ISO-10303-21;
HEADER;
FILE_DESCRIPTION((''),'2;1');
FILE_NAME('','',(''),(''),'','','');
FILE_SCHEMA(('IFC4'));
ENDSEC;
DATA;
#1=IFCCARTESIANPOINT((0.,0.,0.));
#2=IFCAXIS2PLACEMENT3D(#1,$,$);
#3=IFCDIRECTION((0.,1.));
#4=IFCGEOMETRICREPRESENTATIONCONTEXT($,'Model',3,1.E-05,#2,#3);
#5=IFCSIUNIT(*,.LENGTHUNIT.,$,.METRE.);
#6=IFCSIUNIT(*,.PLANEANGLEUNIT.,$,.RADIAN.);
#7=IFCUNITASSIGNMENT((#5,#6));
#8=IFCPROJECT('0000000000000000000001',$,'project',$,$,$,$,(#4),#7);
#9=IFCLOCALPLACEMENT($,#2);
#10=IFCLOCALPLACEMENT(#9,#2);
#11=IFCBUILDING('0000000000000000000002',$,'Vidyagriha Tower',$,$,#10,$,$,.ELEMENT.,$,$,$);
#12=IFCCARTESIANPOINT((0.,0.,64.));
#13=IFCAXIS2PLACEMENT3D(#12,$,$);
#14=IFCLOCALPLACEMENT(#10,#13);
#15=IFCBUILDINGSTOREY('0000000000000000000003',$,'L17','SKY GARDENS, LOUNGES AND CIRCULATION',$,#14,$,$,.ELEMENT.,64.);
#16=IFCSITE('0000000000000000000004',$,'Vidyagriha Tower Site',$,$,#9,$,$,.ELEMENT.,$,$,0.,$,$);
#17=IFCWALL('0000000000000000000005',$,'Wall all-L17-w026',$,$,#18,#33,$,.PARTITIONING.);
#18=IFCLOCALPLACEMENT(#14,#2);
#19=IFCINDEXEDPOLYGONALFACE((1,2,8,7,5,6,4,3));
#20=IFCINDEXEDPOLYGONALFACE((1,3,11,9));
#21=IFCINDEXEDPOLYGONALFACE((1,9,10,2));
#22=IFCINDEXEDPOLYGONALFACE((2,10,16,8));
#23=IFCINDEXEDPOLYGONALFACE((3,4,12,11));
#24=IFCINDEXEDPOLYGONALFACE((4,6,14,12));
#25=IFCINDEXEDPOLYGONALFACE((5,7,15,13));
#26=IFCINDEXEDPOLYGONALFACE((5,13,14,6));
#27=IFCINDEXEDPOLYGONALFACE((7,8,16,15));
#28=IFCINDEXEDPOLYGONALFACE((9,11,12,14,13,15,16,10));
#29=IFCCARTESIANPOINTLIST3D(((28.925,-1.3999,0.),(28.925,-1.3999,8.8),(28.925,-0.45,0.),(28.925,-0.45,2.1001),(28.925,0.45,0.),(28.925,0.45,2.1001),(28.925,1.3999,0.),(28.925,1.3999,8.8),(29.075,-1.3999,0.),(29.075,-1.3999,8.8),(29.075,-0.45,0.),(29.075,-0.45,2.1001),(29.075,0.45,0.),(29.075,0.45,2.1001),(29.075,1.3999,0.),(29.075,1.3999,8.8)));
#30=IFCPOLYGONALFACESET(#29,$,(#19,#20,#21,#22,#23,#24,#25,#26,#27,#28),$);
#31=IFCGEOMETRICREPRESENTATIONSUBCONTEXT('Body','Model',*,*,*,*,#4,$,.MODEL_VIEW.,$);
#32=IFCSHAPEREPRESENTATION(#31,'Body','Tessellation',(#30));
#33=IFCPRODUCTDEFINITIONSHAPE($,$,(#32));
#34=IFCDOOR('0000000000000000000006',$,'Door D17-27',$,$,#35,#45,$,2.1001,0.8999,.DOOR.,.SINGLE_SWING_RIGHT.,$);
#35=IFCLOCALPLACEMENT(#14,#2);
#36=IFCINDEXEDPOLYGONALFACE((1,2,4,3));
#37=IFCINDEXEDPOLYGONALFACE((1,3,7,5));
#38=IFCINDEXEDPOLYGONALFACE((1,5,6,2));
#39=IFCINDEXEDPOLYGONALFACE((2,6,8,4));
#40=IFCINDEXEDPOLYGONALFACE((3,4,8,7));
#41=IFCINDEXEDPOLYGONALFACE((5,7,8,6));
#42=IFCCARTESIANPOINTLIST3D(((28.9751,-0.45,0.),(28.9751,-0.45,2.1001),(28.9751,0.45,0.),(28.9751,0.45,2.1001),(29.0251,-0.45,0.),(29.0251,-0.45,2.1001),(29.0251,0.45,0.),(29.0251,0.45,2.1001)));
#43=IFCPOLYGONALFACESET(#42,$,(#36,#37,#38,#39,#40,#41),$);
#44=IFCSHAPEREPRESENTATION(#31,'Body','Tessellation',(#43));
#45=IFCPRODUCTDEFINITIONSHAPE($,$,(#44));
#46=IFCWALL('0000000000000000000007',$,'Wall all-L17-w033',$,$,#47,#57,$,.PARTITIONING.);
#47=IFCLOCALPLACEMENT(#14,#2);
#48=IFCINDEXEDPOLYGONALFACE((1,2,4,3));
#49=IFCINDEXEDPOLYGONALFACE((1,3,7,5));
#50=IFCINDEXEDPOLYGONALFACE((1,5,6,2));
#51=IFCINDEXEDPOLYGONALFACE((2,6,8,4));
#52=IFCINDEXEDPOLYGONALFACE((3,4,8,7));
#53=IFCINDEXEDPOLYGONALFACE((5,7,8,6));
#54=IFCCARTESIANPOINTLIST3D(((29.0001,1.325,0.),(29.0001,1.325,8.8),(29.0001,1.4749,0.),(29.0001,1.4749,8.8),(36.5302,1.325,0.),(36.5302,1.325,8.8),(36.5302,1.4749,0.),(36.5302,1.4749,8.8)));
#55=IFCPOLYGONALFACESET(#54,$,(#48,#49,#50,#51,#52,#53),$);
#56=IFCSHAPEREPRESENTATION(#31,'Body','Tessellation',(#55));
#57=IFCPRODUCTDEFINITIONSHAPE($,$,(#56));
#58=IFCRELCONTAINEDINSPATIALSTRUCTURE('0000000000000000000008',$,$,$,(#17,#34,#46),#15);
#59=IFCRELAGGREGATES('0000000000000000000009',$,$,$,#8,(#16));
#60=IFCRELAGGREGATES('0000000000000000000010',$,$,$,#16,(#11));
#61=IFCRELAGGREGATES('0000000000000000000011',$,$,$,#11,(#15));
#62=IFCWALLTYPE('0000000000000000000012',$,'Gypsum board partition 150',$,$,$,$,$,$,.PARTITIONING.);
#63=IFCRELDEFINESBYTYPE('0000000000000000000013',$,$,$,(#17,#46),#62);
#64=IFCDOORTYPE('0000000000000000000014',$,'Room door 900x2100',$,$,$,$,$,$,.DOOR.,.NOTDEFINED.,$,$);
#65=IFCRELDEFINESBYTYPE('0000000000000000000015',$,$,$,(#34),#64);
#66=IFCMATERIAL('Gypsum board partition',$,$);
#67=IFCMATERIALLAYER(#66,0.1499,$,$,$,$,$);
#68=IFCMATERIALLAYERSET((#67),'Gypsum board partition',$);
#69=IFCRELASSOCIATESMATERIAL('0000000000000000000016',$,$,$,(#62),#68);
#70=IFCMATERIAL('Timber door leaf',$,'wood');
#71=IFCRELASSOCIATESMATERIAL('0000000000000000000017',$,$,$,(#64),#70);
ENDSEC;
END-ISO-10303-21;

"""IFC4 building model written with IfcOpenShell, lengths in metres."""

from ifc_helpers import new_model, si_unit, direction, frame, frame_2d, origin, place, context, subcontext, project, spatial, rectangle, extrude, material, layer, layer_set, type_object, element, fill, save


model = new_model("IFC4")

# Units and contexts
model_context = context("Model", 3, precision=1e-05, world=origin(), true_north=direction((0.0, 1.0)))
body_context = subcontext(model_context, "Body", "Model", "MODEL_VIEW")
ifc_project = project(units=[si_unit("LENGTHUNIT", "METRE"), si_unit("PLANEANGLEUNIT", "RADIAN")], contexts=[model_context])

# Site, building, storey
site_placement = place(None, origin())
site = spatial("IfcSite", under=ifc_project, at=site_placement, Name="Vidyagriha Tower Site", CompositionType="ELEMENT", RefElevation=0.0)
building_placement = place(site_placement, origin())
building = spatial("IfcBuilding", under=site, at=building_placement, Name="Vidyagriha Tower", CompositionType="ELEMENT")
storey_placement = place(building_placement, frame((0.0, 0.0, 64.0)))
storey = spatial("IfcBuildingStorey", under=building, at=storey_placement, Name="L17", Description="SKY GARDENS, LOUNGES AND CIRCULATION", CompositionType="ELEMENT", Elevation=64.0)

# Wall, opening, door
ifc_material_1 = material(Name="Gypsum board partition")
ifc_layer_1 = layer(ifc_material_1, 0.1499)
ifc_layer_set_1 = layer_set([ifc_layer_1], Name="Gypsum board partition")
wall_type_1 = type_object("IfcWallType", Name="Gypsum board partition 150", PredefinedType="PARTITIONING", material=ifc_layer_set_1)
wall_1_placement = place(storey_placement, frame((29.0, -1.3999, 0.0), z_axis=(0.0, 0.0, 1.0), x_axis=(0.0, 1.0, 0.0)))
wall_1 = element("IfcWall", 1, at=wall_1_placement, inside=storey, type_object=wall_type_1, Name="Wall all-L17-w026", PredefinedType="PARTITIONING", context=body_context, shape_type="SweptSolid", body=[
    extrude(rectangle(XDim=2.7998, YDim=0.1499, at=frame_2d((1.3999, 0.0))), origin(), (0.0, 0.0, 1.0), 8.8),
])
opening_1_placement = place(wall_1_placement, frame((0.95, 0.0, 0.0)))
opening_1 = element("IfcOpeningElement", 2, at=opening_1_placement, cuts=wall_1, PredefinedType="OPENING", context=body_context, shape_type="SweptSolid", body=[
    extrude(rectangle(XDim=0.8999, YDim=2.1001, at=frame_2d((0.45, 1.05))), frame((0.0, 0.085, 0.0), z_axis=(0.0, -1.0, 0.0), x_axis=(1.0, 0.0, 0.0)), (0.0, 0.0, 1.0), 0.1699),
])
ifc_material_2 = material(Name="Timber door leaf", Category="wood")
door_type_1 = type_object("IfcDoorType", Name="Room door 900x2100", OperationType="NOTDEFINED", PredefinedType="DOOR", material=ifc_material_2)
door_1_placement = place(opening_1_placement, origin())
door_1 = element("IfcDoor", 3, at=door_1_placement, inside=storey, type_object=door_type_1, Name="Door D17-27", OperationType="SINGLE_SWING_RIGHT", OverallHeight=2.1001, OverallWidth=0.8999, PredefinedType="DOOR", context=body_context, shape_type="SweptSolid", body=[
    extrude(rectangle(XDim=0.8999, YDim=2.1001, at=frame_2d((0.45, 1.05))), frame((0.0, 0.0249, 0.0), z_axis=(0.0, -1.0, 0.0), x_axis=(1.0, 0.0, 0.0)), (0.0, 0.0, 1.0), 0.05),
])
fill(opening_1, door_1)

# Wall
wall_2_placement = place(storey_placement, frame((29.0, 1.3999, 0.0)))
element("IfcWall", 4, at=wall_2_placement, inside=storey, type_object=wall_type_1, Name="Wall all-L17-w033", PredefinedType="PARTITIONING", context=body_context, shape_type="SweptSolid", body=[
    extrude(rectangle(XDim=7.53, YDim=0.1499, at=frame_2d((3.7651, 0.0))), origin(), (0.0, 0.0, 1.0), 8.8),
])

save(model, "model.ifc")
